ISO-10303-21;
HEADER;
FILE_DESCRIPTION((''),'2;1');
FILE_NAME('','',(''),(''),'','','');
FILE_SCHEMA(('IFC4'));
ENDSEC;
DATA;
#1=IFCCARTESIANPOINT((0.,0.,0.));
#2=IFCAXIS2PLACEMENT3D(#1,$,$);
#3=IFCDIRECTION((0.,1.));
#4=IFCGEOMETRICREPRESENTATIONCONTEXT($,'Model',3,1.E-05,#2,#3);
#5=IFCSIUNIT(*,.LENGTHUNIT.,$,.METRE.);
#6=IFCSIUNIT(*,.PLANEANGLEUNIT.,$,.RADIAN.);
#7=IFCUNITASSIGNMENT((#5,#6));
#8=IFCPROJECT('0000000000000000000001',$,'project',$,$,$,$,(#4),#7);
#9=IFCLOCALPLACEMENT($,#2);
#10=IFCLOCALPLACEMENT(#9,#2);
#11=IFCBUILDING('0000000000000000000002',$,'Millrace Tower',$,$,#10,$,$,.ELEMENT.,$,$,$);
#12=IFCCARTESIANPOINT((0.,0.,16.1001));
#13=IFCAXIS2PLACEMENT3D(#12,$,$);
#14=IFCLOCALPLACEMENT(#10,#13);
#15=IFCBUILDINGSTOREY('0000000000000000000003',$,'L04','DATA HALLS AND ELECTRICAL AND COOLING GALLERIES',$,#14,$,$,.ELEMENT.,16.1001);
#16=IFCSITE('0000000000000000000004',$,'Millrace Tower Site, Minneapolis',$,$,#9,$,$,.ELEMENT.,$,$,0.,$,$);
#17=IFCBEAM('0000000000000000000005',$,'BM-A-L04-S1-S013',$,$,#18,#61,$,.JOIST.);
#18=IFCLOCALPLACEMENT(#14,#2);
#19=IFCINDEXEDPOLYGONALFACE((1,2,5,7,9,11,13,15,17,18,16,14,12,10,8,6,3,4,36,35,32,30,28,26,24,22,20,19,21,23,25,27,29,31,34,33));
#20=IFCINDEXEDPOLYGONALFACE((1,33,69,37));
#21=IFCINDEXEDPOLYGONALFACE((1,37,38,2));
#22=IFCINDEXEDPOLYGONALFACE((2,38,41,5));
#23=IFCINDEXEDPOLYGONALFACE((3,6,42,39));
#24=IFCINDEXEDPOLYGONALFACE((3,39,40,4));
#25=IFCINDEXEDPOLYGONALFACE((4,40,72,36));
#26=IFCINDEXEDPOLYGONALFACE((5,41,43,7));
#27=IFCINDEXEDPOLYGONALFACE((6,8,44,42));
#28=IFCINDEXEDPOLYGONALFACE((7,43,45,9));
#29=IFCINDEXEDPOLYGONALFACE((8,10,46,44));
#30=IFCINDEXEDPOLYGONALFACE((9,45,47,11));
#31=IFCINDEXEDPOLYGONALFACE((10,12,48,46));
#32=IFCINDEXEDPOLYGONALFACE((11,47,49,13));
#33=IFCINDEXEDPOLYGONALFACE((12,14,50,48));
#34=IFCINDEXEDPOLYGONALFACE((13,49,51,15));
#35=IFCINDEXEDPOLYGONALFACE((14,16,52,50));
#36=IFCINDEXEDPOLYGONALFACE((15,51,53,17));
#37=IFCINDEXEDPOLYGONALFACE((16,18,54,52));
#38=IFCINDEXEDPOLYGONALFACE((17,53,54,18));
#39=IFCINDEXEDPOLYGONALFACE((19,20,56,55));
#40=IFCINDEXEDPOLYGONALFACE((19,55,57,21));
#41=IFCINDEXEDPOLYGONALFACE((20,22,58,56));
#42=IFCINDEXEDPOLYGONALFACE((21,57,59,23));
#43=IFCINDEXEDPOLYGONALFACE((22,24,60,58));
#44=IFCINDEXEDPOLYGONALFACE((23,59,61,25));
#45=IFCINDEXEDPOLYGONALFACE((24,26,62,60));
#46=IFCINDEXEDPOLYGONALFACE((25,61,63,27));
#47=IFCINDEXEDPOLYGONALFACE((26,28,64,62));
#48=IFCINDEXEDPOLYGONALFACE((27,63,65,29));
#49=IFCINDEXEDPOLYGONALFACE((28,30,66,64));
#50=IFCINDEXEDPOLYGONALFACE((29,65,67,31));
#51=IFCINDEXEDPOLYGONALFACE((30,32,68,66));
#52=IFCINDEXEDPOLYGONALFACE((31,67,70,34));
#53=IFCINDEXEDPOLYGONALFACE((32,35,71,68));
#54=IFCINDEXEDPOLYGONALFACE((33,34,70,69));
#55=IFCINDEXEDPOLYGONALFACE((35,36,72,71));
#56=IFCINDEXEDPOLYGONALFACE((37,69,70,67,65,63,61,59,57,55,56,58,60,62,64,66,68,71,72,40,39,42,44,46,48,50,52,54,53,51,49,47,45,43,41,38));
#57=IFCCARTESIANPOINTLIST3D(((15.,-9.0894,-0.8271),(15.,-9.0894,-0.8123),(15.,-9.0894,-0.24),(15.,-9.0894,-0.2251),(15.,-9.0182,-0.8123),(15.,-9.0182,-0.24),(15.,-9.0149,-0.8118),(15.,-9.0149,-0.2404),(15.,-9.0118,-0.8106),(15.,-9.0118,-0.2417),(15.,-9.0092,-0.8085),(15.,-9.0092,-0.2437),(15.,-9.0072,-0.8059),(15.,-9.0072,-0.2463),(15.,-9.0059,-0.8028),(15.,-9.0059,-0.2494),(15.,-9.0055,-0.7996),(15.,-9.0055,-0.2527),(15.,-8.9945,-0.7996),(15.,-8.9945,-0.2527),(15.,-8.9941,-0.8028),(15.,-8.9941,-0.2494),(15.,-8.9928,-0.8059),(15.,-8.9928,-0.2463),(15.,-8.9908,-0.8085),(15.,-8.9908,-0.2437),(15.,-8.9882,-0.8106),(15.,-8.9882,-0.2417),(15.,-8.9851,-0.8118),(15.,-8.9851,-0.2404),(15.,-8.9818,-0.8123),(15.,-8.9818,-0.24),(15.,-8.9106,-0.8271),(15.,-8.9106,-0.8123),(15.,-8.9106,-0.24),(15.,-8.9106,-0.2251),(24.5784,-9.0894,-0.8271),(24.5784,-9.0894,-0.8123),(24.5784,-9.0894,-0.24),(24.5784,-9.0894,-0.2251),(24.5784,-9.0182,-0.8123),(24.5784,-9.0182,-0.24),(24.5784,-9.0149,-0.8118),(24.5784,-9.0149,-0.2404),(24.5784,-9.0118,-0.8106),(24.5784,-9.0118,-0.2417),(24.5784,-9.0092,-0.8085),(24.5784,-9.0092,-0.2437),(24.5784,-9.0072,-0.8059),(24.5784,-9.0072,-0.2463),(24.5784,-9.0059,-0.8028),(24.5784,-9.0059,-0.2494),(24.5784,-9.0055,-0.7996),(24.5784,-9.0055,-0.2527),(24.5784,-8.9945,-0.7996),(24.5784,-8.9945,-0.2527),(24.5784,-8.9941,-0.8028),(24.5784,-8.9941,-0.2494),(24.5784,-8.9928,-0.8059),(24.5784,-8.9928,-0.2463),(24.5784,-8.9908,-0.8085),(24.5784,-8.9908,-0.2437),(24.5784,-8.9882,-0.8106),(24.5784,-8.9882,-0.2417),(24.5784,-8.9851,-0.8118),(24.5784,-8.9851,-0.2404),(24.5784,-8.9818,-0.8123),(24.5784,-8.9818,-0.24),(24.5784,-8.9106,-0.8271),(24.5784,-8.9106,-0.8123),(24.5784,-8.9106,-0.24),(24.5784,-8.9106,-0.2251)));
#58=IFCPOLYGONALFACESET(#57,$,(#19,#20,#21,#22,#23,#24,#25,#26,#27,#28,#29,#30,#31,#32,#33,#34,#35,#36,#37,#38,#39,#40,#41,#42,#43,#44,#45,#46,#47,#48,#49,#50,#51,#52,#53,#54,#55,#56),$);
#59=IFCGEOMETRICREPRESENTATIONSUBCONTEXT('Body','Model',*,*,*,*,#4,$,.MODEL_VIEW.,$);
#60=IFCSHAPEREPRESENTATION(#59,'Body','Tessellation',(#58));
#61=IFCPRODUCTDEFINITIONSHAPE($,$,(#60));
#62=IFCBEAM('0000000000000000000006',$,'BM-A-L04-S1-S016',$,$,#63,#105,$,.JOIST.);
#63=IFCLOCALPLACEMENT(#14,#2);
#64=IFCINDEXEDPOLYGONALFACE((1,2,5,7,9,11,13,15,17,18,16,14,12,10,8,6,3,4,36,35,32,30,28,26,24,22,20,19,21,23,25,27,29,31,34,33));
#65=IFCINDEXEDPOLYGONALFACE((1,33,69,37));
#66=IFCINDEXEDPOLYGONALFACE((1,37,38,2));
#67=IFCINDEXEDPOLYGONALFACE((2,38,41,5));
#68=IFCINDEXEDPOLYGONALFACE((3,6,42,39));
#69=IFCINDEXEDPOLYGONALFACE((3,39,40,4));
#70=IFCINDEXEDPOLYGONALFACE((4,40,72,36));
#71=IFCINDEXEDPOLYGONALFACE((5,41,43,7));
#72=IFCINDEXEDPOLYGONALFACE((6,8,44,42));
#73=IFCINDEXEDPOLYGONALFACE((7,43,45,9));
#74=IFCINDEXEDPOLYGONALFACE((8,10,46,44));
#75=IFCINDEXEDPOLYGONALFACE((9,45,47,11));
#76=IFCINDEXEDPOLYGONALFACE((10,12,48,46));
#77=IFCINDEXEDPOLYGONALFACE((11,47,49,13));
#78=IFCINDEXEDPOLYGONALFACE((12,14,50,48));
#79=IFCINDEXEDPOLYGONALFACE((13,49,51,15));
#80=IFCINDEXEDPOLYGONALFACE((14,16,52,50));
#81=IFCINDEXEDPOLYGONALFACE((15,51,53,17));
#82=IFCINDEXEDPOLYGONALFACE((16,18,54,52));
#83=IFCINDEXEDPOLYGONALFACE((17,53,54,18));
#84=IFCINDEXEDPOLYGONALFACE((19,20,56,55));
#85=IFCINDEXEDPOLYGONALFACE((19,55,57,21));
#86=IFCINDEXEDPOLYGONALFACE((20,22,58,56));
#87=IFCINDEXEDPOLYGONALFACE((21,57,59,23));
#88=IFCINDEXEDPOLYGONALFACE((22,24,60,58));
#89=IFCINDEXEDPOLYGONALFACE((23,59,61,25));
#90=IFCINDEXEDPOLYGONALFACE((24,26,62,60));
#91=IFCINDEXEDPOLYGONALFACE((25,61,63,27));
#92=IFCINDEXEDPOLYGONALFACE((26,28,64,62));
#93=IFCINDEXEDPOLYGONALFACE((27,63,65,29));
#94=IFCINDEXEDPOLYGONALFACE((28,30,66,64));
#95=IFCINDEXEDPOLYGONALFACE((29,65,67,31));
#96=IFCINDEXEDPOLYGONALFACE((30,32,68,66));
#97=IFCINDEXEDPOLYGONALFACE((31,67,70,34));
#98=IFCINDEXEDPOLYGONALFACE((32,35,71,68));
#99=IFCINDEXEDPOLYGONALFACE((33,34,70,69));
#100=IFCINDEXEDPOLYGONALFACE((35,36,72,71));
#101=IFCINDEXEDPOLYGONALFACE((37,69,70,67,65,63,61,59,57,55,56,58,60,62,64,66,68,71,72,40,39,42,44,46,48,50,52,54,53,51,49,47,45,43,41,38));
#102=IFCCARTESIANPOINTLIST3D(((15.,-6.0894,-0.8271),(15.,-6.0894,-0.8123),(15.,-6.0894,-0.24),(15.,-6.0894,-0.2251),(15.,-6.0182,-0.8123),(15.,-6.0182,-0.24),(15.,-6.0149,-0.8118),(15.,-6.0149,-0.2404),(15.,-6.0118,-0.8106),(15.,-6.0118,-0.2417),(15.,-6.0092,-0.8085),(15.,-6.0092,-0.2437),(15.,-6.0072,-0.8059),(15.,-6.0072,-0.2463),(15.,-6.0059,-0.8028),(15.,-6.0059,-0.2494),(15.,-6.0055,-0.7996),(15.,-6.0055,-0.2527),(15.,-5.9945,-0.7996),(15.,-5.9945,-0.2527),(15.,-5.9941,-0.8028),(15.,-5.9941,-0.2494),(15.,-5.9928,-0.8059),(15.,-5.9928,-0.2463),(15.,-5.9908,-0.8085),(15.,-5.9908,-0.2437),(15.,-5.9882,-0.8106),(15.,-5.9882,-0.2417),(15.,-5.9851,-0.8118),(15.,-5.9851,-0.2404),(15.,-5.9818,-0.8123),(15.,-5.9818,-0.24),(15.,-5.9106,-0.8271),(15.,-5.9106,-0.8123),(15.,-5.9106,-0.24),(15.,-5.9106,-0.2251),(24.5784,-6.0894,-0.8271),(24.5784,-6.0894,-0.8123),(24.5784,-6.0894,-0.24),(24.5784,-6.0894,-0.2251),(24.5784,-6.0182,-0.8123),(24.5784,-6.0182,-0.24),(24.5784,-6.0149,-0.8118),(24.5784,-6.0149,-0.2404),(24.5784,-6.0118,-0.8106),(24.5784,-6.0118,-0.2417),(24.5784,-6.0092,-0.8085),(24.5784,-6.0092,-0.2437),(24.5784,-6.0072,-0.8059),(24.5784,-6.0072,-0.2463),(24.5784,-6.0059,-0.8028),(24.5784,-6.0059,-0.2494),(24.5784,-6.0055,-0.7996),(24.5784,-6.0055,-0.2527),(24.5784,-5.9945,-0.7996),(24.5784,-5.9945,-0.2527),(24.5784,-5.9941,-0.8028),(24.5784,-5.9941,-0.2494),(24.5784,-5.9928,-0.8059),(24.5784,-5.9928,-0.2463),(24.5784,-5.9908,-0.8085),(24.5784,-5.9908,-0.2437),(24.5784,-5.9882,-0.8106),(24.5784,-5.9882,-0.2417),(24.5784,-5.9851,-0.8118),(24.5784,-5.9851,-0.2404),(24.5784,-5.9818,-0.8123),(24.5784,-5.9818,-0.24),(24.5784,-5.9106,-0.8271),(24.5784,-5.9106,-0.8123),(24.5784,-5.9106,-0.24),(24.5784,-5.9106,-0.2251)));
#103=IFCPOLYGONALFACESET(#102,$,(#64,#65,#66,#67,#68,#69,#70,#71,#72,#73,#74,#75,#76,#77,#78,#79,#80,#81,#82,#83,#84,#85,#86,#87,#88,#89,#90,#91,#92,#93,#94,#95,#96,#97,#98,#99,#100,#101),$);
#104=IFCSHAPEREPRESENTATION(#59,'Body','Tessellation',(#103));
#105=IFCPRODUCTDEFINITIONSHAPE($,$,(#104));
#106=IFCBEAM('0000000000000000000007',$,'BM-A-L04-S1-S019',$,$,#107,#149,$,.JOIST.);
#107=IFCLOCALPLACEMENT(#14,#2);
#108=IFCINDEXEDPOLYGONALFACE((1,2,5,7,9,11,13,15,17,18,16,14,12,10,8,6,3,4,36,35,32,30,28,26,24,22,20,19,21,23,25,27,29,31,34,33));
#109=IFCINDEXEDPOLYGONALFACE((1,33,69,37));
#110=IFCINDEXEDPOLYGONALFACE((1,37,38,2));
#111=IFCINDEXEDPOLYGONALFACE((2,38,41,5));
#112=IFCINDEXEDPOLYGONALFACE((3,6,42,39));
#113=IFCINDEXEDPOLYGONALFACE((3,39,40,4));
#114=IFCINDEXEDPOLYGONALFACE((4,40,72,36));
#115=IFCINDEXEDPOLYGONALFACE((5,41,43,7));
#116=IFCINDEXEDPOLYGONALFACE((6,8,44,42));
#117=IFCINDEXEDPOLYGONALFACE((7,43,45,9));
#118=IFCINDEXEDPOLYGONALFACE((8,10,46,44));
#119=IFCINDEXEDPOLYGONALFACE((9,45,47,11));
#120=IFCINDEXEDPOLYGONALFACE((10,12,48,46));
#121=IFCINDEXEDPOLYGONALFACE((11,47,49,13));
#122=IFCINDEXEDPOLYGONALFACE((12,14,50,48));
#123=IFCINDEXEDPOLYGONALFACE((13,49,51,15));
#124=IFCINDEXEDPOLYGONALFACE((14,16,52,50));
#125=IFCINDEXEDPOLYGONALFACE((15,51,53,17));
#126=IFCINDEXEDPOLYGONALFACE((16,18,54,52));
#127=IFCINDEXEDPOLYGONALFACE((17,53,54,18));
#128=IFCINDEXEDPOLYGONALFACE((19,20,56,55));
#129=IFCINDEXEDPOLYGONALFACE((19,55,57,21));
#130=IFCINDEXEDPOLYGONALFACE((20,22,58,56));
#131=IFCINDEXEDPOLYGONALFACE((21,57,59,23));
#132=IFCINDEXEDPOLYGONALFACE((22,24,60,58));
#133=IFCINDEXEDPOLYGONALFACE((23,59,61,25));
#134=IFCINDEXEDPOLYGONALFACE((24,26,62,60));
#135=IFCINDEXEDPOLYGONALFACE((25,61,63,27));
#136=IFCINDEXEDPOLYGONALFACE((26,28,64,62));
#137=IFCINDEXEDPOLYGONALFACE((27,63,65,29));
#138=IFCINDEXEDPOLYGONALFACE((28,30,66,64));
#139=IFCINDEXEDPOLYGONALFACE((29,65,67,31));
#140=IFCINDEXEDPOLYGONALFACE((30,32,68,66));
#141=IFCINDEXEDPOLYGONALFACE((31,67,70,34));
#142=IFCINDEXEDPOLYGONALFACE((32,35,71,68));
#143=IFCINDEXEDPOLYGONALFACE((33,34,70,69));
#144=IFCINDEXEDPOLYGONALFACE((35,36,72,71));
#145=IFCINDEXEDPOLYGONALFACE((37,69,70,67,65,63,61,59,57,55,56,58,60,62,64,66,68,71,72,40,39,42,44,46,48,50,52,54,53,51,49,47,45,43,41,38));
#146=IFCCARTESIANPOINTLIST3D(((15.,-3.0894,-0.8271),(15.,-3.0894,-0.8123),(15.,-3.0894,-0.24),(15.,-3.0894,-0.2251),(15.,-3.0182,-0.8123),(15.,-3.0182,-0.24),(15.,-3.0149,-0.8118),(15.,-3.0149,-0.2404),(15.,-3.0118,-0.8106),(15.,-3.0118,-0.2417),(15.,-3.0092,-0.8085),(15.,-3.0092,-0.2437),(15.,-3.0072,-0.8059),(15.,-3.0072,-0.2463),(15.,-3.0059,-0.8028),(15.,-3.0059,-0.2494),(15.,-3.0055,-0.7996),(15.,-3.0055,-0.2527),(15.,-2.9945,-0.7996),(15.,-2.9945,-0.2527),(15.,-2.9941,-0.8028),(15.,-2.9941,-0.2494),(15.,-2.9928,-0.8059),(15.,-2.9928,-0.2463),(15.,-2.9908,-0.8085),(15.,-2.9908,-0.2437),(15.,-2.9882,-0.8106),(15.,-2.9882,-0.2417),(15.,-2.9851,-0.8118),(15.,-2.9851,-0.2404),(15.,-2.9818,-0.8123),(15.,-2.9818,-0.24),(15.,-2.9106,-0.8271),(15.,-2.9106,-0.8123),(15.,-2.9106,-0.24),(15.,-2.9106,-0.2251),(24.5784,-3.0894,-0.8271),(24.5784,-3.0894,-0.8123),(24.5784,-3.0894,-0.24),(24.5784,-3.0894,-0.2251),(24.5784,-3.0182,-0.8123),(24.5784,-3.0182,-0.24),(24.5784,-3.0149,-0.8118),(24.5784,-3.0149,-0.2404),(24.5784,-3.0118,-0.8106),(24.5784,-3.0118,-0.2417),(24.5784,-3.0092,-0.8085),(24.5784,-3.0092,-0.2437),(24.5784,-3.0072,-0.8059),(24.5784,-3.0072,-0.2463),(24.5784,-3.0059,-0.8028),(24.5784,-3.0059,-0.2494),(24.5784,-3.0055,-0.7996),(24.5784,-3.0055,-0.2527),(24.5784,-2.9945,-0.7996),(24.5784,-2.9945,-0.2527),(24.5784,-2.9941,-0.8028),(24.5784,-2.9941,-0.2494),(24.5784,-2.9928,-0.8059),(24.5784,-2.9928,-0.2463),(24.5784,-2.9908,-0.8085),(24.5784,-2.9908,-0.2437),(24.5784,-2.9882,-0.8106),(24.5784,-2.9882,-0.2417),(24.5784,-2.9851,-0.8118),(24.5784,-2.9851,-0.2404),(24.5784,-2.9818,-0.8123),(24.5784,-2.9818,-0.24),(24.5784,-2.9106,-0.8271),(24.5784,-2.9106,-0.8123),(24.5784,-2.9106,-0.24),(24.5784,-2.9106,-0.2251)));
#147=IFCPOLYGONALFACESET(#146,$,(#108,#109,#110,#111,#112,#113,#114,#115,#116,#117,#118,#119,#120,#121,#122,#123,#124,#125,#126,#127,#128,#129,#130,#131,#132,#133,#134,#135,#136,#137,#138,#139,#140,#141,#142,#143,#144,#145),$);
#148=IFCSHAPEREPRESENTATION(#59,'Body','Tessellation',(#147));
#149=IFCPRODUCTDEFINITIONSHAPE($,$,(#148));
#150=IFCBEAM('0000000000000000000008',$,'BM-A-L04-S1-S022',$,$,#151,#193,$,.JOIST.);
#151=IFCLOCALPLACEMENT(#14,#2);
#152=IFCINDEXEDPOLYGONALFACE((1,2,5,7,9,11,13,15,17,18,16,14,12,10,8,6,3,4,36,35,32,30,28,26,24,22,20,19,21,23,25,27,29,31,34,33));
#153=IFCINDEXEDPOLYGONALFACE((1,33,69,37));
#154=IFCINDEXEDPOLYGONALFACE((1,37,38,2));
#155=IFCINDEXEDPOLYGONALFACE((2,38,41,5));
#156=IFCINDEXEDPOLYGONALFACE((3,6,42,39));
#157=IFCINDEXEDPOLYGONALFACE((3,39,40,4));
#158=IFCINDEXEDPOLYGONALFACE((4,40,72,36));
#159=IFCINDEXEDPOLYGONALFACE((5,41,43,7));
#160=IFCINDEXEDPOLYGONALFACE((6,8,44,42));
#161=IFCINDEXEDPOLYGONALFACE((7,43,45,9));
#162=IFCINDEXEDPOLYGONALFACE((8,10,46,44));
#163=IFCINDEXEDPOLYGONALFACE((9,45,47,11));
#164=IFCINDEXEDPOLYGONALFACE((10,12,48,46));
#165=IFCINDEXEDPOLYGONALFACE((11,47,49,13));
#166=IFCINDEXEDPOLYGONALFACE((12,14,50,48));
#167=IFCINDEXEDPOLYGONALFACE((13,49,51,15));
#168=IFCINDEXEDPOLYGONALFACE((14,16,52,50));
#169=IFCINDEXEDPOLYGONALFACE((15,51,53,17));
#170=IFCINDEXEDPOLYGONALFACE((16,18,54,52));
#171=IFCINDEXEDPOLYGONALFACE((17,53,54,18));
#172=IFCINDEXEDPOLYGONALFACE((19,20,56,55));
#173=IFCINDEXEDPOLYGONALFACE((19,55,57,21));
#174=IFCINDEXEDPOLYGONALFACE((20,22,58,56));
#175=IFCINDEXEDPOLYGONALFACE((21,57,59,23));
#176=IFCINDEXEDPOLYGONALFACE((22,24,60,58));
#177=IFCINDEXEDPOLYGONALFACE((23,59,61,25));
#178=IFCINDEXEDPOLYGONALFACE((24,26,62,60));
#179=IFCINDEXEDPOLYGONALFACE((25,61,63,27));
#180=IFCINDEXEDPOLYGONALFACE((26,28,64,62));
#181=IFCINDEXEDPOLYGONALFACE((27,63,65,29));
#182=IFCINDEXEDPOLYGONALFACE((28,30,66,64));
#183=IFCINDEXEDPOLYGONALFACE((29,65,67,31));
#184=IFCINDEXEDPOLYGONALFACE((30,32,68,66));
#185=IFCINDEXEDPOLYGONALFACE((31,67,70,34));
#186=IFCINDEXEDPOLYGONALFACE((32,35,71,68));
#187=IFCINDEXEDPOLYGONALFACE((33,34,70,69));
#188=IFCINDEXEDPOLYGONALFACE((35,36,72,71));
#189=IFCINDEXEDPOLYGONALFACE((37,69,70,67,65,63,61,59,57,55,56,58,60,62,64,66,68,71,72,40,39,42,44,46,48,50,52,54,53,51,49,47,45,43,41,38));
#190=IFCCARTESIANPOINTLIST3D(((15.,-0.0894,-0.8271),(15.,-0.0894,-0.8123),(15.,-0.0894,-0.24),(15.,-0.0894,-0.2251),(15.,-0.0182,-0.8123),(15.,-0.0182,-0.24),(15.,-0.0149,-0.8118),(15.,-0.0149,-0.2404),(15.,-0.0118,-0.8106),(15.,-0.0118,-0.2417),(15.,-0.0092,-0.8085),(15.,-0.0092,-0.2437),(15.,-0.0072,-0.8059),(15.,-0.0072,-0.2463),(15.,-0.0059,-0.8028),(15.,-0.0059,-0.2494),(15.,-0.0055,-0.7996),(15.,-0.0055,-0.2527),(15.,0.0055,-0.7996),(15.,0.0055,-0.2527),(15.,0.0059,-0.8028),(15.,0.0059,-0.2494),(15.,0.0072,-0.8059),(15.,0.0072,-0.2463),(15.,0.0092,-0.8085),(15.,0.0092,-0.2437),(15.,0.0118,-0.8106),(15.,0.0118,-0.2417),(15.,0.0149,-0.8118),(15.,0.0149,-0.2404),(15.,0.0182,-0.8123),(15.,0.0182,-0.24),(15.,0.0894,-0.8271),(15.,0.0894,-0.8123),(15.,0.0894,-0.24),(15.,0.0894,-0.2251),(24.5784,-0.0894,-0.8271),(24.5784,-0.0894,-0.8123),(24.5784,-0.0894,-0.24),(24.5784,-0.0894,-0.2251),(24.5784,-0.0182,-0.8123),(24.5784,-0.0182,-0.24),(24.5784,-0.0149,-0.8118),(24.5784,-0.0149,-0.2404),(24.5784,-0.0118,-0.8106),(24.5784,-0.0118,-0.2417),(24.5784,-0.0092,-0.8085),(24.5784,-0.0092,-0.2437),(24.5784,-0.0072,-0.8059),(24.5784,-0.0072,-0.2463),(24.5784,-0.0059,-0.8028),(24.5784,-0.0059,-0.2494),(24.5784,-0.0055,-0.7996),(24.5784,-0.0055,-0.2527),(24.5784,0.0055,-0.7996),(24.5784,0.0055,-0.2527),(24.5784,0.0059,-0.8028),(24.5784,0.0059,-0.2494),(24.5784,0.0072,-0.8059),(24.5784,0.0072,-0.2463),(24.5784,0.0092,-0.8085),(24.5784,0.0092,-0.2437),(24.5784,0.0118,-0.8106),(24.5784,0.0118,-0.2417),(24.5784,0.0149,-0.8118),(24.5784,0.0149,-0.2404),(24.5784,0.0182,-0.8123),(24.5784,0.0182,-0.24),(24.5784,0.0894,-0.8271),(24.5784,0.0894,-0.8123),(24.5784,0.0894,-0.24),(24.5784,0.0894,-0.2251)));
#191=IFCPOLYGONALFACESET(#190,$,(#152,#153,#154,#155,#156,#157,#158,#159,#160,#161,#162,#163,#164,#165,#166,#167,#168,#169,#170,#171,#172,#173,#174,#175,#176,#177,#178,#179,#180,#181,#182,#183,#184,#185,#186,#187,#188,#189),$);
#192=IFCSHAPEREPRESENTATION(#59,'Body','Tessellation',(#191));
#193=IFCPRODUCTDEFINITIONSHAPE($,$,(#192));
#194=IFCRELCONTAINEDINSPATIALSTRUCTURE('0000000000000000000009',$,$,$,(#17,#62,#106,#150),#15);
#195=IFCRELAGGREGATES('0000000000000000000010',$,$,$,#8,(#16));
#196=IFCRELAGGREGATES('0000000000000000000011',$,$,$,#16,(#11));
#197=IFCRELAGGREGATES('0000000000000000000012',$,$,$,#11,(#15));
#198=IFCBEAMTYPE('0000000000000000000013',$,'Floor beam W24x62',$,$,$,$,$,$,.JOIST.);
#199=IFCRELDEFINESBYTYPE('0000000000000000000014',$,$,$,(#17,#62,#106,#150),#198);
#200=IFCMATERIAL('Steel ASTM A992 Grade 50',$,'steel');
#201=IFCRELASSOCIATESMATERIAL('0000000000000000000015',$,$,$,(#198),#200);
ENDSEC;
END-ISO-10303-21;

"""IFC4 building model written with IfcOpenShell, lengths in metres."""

from ifc_helpers import new_model, si_unit, direction, frame, origin, origin_2d, place, context, subcontext, project, spatial, i_section, extrude, material, material_profile, profile_set, type_object, element, save


model = new_model("IFC4")

# Units and contexts
model_context = context("Model", 3, precision=1e-05, world=origin(), true_north=direction((0.0, 1.0)))
body_context = subcontext(model_context, "Body", "Model", "MODEL_VIEW")
ifc_project = project(units=[si_unit("LENGTHUNIT", "METRE"), si_unit("PLANEANGLEUNIT", "RADIAN")], contexts=[model_context])

# Site, building, storey
site_placement = place(None, origin())
site = spatial("IfcSite", under=ifc_project, at=site_placement, Name="Millrace Tower Site, Minneapolis", CompositionType="ELEMENT", RefElevation=0.0)
building_placement = place(site_placement, origin())
building = spatial("IfcBuilding", under=site, at=building_placement, Name="Millrace Tower", CompositionType="ELEMENT")
storey_placement = place(building_placement, frame((0.0, 0.0, 16.1001)))
storey = spatial("IfcBuildingStorey", under=building, at=storey_placement, Name="L04", Description="DATA HALLS AND ELECTRICAL AND COOLING GALLERIES", CompositionType="ELEMENT", Elevation=16.1001)

# Beams
ifc_material_1 = material(Name="Steel ASTM A992 Grade 50", Category="steel")
ifc_material_profile_1 = material_profile(ifc_material_1, i_section(OverallWidth=0.1787, OverallDepth=0.6021, WebThickness=0.011, FlangeThickness=0.0149, FilletRadius=0.0127, at=origin_2d()))
ifc_profile_set_1 = profile_set([ifc_material_profile_1], Name="Steel ASTM A992 Grade 50")
beam_type_1 = type_object("IfcBeamType", Name="Floor beam W24x62", PredefinedType="JOIST", material=ifc_profile_set_1)
for number, where, z_axis, x_axis, name in (
    (1, (15.0, -9.0, -0.5261), (1.0, 0.0, 0.0), (0.0, 1.0, 0.0), "BM-A-L04-S1-S013"),
    (2, (15.0, -6.0, -0.5261), (1.0, 0.0, 0.0), (0.0, 1.0, 0.0), "BM-A-L04-S1-S016"),
    (3, (15.0, -3.0, -0.5261), (1.0, 0.0, 0.0), (0.0, 1.0, 0.0), "BM-A-L04-S1-S019"),
    (4, (15.0, 0.0, -0.5261), (1.0, 0.0, 0.0), (0.0, 1.0, 0.0), "BM-A-L04-S1-S022"),
):
    element("IfcBeam", number, at=place(storey_placement, frame(where, z_axis=z_axis, x_axis=x_axis)), inside=storey, type_object=beam_type_1, Name=name, PredefinedType="JOIST", context=body_context, shape_type="SweptSolid", body=[
        extrude(i_section(OverallWidth=0.1787, OverallDepth=0.6021, WebThickness=0.011, FlangeThickness=0.0149, FilletRadius=0.0127, at=origin_2d()), origin(), (0.0, 0.0, 1.0), 9.5784),
    ])

save(model, "model.ifc")
